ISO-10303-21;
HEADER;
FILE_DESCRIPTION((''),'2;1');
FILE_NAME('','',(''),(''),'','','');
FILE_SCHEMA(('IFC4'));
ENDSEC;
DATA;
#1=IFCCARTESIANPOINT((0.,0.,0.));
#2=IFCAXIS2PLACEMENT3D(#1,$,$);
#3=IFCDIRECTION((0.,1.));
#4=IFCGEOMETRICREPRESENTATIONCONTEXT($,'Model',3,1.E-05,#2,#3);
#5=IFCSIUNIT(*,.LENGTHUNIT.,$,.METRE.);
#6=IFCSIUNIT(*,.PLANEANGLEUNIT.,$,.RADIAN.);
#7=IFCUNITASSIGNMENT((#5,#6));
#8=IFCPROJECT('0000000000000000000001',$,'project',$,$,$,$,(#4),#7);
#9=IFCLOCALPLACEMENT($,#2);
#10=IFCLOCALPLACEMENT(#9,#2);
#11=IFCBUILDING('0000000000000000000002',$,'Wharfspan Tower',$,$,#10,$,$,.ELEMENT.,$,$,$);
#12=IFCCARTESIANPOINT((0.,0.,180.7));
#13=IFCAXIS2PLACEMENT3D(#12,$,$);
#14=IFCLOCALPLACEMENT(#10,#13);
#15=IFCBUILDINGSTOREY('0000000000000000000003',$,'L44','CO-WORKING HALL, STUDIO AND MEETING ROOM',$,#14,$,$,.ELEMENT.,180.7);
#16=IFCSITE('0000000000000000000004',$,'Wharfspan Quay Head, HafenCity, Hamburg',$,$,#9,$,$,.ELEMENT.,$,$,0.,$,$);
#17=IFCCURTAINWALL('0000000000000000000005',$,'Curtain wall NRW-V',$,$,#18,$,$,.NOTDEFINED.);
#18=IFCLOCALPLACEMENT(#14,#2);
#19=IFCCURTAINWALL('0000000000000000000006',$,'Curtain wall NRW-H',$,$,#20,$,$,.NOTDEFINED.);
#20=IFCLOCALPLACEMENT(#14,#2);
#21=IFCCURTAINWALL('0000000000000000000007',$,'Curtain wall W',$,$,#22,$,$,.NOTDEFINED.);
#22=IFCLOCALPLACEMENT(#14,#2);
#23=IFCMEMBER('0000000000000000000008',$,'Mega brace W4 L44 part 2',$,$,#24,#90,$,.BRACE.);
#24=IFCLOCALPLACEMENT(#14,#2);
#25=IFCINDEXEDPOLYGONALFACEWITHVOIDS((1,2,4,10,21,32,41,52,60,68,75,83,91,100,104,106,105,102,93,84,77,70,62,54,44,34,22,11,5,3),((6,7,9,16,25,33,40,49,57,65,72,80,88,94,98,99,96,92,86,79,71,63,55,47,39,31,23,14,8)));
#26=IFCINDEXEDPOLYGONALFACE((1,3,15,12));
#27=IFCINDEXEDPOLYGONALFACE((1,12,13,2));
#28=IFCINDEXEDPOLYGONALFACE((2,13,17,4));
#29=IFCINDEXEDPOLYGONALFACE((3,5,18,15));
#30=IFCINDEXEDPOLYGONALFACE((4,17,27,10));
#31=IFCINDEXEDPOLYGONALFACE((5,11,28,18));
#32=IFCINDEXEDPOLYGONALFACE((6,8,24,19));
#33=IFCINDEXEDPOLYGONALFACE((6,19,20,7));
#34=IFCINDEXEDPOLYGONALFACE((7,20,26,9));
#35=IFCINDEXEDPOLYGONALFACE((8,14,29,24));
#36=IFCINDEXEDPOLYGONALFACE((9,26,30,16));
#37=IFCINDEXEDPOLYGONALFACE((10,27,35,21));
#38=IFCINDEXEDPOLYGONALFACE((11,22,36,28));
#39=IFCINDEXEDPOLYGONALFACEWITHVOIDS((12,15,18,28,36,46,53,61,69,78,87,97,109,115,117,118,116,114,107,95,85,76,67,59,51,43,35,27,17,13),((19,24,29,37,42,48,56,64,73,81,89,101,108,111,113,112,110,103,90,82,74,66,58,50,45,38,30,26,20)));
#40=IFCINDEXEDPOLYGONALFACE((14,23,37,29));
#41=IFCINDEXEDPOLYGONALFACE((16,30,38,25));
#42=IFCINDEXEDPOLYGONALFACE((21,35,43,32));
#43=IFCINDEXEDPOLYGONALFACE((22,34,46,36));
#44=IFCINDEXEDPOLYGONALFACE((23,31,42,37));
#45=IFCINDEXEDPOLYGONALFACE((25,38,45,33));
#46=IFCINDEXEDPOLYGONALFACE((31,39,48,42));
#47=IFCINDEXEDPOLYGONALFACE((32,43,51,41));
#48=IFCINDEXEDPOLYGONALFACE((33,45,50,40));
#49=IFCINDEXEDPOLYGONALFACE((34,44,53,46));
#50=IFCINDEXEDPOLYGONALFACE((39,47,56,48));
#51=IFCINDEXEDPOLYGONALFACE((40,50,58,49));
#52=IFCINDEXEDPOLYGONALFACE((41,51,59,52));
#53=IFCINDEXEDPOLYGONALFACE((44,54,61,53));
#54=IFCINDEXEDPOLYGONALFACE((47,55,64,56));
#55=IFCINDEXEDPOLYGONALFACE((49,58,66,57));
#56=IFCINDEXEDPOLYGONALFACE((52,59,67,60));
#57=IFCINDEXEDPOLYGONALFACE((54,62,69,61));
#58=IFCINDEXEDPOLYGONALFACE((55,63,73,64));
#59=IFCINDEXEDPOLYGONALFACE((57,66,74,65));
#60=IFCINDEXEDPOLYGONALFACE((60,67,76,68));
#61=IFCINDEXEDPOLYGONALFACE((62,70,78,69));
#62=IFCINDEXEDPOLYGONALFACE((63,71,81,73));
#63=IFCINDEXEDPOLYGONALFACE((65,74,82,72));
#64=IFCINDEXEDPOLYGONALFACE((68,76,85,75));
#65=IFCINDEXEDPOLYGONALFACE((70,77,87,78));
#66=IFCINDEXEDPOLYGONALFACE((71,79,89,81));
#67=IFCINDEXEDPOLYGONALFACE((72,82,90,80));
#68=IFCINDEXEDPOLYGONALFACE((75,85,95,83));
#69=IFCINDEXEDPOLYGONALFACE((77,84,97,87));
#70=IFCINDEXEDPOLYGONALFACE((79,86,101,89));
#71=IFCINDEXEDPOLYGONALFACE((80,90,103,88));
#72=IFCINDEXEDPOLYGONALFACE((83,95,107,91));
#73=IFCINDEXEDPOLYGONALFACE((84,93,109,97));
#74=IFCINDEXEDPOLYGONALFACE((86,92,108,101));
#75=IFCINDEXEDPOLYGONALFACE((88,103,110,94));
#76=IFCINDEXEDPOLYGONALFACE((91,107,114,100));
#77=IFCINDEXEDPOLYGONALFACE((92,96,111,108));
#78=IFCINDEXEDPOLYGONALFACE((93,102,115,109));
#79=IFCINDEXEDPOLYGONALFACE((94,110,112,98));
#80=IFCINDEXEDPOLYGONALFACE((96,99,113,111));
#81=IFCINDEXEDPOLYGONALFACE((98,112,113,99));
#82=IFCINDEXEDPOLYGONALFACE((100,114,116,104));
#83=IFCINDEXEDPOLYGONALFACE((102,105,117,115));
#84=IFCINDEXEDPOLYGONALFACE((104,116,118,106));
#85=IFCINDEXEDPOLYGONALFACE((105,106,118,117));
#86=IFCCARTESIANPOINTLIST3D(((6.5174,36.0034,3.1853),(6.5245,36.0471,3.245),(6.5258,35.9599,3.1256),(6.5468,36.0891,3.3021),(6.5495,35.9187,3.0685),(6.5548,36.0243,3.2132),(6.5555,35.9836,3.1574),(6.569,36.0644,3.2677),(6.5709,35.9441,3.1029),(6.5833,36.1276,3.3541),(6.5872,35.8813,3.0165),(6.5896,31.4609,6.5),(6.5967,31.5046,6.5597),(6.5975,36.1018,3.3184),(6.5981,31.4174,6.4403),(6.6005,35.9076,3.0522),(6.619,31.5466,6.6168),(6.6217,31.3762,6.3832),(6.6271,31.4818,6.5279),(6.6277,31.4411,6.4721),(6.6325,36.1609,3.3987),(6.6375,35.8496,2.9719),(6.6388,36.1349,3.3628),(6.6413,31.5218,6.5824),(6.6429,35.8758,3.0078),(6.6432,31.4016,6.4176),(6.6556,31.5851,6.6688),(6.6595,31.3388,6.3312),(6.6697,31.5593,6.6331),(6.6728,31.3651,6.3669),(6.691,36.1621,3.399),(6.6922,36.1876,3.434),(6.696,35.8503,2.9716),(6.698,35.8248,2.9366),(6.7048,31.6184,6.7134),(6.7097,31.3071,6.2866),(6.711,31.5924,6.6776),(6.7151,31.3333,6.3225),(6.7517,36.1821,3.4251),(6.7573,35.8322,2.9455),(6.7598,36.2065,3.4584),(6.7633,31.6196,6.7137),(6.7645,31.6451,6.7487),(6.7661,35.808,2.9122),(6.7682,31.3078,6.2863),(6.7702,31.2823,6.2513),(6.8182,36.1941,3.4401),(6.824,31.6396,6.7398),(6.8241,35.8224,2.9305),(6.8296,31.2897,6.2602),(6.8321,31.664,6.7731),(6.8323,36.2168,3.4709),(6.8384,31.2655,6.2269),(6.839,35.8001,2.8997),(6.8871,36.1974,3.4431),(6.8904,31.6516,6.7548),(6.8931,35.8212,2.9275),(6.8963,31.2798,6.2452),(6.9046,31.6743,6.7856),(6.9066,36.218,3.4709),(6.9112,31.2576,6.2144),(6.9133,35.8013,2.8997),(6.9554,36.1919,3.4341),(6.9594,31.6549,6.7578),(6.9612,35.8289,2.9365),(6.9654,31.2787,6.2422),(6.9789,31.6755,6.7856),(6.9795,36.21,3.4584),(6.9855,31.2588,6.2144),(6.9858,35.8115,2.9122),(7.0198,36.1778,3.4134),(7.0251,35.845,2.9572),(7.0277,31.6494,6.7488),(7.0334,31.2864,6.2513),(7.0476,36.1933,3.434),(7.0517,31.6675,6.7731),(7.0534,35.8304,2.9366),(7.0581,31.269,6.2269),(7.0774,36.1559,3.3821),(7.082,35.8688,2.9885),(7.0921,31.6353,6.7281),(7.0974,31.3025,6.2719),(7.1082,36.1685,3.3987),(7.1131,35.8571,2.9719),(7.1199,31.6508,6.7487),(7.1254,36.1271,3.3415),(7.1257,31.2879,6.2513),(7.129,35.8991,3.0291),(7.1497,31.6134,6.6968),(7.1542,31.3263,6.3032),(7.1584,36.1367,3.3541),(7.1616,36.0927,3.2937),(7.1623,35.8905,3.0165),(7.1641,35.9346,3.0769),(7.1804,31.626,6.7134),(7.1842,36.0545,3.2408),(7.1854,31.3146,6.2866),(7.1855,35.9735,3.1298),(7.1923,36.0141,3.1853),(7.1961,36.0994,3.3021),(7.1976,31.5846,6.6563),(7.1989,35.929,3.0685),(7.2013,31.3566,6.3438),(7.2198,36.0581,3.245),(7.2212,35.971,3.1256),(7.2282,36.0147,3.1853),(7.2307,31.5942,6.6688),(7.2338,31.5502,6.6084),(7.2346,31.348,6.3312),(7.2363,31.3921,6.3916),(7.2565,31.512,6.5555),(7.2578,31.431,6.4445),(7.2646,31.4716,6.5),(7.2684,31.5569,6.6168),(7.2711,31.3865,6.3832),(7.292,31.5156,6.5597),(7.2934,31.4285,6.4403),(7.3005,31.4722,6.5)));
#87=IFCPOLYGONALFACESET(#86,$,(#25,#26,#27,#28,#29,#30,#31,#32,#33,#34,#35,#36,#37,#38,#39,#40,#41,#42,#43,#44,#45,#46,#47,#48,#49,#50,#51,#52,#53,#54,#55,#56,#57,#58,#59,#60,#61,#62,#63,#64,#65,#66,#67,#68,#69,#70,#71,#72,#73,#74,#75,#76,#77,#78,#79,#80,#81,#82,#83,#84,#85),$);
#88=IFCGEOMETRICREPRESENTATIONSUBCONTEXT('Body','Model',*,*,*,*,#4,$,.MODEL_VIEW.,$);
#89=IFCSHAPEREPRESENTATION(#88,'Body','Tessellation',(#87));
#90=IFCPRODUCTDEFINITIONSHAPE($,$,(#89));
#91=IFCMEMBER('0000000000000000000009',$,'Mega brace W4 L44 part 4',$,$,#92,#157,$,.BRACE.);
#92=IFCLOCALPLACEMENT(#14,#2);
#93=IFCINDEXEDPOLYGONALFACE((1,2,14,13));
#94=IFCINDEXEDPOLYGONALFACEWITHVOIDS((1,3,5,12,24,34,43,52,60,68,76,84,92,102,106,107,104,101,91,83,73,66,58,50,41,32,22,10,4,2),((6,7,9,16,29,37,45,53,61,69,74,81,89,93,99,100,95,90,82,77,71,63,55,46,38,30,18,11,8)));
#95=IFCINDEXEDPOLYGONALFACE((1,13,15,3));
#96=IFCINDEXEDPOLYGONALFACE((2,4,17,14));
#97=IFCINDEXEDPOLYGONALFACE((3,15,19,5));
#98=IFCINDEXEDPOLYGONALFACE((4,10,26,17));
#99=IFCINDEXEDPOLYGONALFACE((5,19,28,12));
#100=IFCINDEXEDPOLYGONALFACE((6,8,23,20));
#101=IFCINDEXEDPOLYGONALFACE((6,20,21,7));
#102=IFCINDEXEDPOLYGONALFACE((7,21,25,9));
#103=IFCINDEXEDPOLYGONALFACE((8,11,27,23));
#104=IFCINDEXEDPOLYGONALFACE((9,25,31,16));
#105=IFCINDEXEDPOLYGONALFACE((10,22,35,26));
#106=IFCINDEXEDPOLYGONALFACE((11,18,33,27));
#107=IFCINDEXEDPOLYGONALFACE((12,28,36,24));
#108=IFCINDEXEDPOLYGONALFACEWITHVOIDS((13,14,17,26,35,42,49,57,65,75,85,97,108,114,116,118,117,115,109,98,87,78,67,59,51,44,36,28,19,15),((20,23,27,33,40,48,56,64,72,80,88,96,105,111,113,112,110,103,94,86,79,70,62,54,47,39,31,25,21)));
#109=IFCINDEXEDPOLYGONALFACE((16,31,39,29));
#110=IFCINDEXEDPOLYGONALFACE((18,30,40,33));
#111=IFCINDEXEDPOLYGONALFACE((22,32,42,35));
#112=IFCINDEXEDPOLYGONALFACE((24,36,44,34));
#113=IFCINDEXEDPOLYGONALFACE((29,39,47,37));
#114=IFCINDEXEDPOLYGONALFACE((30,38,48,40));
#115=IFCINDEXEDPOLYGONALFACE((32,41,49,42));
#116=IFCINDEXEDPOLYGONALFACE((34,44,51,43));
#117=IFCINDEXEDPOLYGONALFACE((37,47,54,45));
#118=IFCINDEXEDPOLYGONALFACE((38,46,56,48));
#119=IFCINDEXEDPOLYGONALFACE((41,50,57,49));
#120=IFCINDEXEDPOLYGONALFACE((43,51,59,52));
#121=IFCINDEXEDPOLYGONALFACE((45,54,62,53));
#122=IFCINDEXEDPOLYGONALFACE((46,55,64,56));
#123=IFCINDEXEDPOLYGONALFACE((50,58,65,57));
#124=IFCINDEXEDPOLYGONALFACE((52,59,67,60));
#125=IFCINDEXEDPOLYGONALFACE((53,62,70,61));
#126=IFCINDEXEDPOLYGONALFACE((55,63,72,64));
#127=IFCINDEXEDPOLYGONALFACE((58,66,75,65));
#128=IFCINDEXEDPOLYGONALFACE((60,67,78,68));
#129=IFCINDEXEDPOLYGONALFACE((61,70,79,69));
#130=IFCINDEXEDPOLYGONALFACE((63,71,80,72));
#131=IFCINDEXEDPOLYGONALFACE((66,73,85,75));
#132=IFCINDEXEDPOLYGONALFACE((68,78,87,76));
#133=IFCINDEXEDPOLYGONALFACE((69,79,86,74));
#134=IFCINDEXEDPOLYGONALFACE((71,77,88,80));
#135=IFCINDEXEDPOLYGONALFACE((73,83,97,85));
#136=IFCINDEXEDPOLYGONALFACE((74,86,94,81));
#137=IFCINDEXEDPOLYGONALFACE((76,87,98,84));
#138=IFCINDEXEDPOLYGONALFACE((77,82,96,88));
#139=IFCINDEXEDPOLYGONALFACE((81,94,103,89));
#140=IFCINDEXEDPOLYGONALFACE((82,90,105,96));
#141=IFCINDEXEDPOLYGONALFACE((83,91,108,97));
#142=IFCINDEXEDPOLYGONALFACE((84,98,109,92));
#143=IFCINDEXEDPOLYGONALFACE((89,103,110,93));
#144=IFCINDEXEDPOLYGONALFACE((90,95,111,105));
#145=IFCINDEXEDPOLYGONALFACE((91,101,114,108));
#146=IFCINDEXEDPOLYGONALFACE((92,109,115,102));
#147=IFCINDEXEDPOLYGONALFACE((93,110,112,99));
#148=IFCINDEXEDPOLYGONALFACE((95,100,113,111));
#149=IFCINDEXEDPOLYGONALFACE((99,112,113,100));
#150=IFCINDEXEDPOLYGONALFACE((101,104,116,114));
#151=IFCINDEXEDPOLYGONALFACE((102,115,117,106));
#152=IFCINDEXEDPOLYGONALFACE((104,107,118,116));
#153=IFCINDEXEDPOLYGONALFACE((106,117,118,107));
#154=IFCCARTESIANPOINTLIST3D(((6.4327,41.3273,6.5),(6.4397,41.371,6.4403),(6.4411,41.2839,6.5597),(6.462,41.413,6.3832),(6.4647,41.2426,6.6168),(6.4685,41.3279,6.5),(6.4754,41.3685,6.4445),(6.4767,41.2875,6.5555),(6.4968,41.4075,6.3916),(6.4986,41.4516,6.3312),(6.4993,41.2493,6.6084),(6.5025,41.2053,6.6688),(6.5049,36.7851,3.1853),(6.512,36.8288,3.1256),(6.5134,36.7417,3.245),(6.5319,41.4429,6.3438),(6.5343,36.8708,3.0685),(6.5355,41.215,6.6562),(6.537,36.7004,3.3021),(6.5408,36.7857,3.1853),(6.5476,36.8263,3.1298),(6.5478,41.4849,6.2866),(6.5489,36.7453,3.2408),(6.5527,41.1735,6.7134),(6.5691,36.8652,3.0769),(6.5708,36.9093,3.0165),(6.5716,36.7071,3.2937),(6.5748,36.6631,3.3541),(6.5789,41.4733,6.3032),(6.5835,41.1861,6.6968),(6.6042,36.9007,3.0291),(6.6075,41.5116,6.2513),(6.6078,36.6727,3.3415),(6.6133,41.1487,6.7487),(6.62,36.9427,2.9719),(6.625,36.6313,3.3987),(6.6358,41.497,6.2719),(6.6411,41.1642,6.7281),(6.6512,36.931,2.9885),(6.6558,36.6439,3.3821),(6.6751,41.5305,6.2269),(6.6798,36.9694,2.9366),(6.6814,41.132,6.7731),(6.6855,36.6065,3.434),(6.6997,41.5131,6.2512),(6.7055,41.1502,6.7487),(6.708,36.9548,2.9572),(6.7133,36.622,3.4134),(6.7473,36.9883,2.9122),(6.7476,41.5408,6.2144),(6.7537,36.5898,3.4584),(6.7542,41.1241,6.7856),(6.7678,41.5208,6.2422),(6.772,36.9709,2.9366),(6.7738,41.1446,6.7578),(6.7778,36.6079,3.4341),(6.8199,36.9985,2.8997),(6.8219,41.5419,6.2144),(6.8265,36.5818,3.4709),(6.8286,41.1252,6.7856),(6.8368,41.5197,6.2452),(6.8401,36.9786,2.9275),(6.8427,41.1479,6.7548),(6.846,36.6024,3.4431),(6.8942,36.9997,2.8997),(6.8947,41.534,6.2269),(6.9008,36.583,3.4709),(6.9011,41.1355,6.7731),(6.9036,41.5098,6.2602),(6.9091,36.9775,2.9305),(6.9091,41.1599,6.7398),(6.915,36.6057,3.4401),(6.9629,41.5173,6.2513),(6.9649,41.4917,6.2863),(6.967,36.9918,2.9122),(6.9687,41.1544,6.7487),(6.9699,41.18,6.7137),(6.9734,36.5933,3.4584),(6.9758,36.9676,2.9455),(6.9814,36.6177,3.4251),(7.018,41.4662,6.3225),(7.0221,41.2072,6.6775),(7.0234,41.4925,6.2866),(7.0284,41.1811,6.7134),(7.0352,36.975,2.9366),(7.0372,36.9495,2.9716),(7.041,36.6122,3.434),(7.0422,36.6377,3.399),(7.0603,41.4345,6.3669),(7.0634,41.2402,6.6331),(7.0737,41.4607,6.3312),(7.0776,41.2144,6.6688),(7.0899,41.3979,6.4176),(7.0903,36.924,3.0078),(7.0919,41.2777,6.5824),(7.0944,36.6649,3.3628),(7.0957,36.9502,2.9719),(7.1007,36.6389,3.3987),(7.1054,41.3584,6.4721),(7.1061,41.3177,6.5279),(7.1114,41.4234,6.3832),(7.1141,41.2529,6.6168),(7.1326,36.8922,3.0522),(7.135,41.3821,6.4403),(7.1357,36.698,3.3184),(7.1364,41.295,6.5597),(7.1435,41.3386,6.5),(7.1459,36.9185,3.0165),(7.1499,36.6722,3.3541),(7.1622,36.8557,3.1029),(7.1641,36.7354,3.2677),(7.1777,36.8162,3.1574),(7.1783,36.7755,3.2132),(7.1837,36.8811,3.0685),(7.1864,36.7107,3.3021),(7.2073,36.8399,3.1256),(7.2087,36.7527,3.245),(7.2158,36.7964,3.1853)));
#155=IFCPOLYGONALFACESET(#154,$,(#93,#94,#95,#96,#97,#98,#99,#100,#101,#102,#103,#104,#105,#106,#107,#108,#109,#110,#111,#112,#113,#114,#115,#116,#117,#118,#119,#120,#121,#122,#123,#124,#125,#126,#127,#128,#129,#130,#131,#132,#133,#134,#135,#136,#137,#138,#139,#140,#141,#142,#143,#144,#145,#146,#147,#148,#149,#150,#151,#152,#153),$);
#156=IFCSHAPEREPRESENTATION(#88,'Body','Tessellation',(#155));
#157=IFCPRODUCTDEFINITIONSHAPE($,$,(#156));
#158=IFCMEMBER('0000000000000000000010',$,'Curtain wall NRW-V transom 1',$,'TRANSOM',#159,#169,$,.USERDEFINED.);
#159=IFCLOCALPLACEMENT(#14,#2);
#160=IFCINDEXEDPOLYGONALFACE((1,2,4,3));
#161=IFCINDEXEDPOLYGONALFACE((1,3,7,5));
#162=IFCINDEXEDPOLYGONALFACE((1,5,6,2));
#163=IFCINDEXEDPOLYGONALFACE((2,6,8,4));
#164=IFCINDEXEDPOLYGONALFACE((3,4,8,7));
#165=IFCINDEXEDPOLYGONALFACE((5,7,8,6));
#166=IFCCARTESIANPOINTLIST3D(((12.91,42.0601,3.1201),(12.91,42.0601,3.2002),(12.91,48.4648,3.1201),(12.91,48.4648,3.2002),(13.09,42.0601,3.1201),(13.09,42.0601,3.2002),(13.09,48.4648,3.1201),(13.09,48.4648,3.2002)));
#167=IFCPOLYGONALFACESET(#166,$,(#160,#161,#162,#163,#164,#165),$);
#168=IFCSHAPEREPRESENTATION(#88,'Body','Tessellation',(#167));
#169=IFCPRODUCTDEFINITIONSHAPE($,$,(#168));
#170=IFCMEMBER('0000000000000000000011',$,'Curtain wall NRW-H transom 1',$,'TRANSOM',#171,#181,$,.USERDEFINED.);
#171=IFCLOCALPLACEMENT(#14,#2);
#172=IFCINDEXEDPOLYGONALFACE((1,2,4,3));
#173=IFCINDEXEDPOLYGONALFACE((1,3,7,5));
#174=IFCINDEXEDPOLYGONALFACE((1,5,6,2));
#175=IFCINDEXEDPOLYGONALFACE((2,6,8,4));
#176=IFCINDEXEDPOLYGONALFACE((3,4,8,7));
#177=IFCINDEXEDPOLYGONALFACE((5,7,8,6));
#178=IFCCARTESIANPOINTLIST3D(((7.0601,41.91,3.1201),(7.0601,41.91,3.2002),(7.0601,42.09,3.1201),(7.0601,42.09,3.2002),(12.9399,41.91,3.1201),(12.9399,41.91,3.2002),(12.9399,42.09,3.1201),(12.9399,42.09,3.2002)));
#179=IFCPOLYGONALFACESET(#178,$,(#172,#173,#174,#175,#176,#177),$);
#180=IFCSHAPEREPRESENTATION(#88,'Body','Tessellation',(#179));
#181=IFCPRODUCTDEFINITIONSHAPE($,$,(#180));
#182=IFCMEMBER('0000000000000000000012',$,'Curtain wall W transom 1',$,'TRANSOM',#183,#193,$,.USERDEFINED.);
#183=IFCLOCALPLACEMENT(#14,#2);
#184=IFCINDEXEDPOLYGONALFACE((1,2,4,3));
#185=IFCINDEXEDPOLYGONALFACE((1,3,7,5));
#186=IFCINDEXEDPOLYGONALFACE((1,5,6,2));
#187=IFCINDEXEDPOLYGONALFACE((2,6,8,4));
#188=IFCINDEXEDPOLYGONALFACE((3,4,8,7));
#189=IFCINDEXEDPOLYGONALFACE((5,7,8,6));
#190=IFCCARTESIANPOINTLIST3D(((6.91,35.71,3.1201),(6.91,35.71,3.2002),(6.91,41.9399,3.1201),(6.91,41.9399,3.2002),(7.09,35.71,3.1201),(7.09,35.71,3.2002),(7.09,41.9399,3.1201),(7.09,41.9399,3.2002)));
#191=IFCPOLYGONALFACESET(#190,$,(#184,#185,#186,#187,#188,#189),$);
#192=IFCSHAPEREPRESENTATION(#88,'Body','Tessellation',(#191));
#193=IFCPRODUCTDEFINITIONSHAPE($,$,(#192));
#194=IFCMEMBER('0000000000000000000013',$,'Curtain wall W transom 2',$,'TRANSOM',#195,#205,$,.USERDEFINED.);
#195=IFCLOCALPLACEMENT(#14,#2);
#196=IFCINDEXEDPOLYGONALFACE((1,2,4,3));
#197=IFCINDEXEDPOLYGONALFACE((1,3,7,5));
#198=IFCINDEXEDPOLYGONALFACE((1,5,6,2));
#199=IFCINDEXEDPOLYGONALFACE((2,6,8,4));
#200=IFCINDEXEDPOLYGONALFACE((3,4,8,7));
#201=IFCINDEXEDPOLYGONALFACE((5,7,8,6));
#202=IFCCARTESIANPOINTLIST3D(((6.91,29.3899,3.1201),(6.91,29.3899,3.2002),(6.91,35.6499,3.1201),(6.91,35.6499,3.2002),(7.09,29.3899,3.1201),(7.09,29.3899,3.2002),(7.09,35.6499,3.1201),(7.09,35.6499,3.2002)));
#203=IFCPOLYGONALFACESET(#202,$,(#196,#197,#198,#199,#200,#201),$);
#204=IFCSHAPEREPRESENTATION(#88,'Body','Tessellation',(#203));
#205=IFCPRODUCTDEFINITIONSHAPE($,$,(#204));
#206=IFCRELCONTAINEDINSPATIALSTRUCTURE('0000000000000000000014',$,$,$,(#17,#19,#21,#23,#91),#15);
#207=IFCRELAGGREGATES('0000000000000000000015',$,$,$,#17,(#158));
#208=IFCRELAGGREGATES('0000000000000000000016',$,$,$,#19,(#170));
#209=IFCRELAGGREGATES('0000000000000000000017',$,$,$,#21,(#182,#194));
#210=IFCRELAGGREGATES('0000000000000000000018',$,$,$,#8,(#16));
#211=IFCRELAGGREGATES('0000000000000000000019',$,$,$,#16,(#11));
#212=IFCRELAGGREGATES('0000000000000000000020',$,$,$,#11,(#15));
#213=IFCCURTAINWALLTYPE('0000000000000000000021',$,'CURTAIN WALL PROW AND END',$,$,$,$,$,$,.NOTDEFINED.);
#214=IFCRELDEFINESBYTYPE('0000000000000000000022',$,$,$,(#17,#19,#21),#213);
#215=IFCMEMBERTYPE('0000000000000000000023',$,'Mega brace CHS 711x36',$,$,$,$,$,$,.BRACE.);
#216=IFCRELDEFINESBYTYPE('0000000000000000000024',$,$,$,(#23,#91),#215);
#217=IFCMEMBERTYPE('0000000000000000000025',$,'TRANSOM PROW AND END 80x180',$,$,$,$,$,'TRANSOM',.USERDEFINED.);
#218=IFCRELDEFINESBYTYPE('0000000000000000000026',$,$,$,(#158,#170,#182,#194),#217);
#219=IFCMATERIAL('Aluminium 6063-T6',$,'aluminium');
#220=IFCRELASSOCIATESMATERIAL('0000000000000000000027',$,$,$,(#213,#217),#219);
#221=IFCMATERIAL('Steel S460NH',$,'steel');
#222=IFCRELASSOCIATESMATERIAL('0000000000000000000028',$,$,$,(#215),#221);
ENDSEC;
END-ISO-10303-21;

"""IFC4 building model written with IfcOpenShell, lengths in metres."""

from ifc_helpers import new_model, si_unit, direction, frame, origin, origin_2d, place, context, subcontext, project, spatial, rectangle, hollow_circle, extrude, material, material_profile, profile_set, type_object, element, aggregate, save


model = new_model("IFC4")

# Units and contexts
model_context = context("Model", 3, precision=1e-05, world=origin(), true_north=direction((0.0, 1.0)))
body_context = subcontext(model_context, "Body", "Model", "MODEL_VIEW")
ifc_project = project(units=[si_unit("LENGTHUNIT", "METRE"), si_unit("PLANEANGLEUNIT", "RADIAN")], contexts=[model_context])

# Site, building, storey
site_placement = place(None, origin())
site = spatial("IfcSite", under=ifc_project, at=site_placement, Name="Wharfspan Quay Head, HafenCity, Hamburg", CompositionType="ELEMENT", RefElevation=0.0)
building_placement = place(site_placement, origin())
building = spatial("IfcBuilding", under=site, at=building_placement, Name="Wharfspan Tower", CompositionType="ELEMENT")
storey_placement = place(building_placement, frame((0.0, 0.0, 180.7)))
storey = spatial("IfcBuildingStorey", under=building, at=storey_placement, Name="L44", Description="CO-WORKING HALL, STUDIO AND MEETING ROOM", CompositionType="ELEMENT", Elevation=180.7)

# Curtain walls
ifc_material_1 = material(Name="Aluminium 6063-T6", Category="aluminium")
curtain_wall_type = type_object("IfcCurtainWallType", Name="CURTAIN WALL PROW AND END", PredefinedType="NOTDEFINED", material=ifc_material_1)
curtain_wall_1_placement = place(storey_placement, origin())
curtain_wall_1 = element("IfcCurtainWall", 1, at=curtain_wall_1_placement, inside=storey, type_object=curtain_wall_type, Name="Curtain wall NRW-V", PredefinedType="NOTDEFINED")
curtain_wall_2_placement = place(storey_placement, origin())
curtain_wall_2 = element("IfcCurtainWall", 2, at=curtain_wall_2_placement, inside=storey, type_object=curtain_wall_type, Name="Curtain wall NRW-H", PredefinedType="NOTDEFINED")
curtain_wall_3_placement = place(storey_placement, origin())
curtain_wall_3 = element("IfcCurtainWall", 3, at=curtain_wall_3_placement, inside=storey, type_object=curtain_wall_type, Name="Curtain wall W", PredefinedType="NOTDEFINED")

# Members
ifc_material_2 = material(Name="Steel S460NH", Category="steel")
ifc_material_profile_1 = material_profile(ifc_material_2, hollow_circle(Radius=0.3555, WallThickness=0.0359, at=origin_2d()))
ifc_profile_set_1 = profile_set([ifc_material_profile_1], Name="Steel S460NH")
member_type_1 = type_object("IfcMemberType", Name="Mega brace CHS 711x36", PredefinedType="BRACE", material=ifc_profile_set_1)
member_1_placement = place(storey_placement, frame((6.8728, 36.009, 3.1853), z_axis=(0.01285, -0.807732, 0.58941), x_axis=(0.999874, 0.015906, -0.000001)))
element("IfcMember", 4, at=member_1_placement, inside=storey, type_object=member_type_1, Name="Mega brace W4 L44 part 2", PredefinedType="BRACE", context=body_context, shape_type="SweptSolid", body=[
    extrude(hollow_circle(Radius=0.3555, WallThickness=0.0359, at=origin_2d()), origin(), (0.0, 0.0, 1.0), 5.6238),
])
member_2_placement = place(storey_placement, frame((6.8604, 36.7908, 3.1853), z_axis=(-0.012851, 0.807716, 0.589431), x_axis=(-0.999873, -0.015909, 0.000001)))
element("IfcMember", 5, at=member_2_placement, inside=storey, type_object=member_type_1, Name="Mega brace W4 L44 part 4", PredefinedType="BRACE", context=body_context, shape_type="SweptSolid", body=[
    extrude(hollow_circle(Radius=0.3555, WallThickness=0.0359, at=origin_2d()), origin(), (0.0, 0.0, 1.0), 5.6235),
])

# Members
ifc_material_profile_2 = material_profile(ifc_material_1, rectangle(XDim=0.1799, YDim=0.0801, at=origin_2d()))
ifc_profile_set_2 = profile_set([ifc_material_profile_2], Name="Aluminium 6063-T6")
member_type_2 = type_object("IfcMemberType", Name="TRANSOM PROW AND END 80x180", ElementType="TRANSOM", PredefinedType="USERDEFINED", material=ifc_profile_set_2)
member_3_placement = place(storey_placement, frame((13.0, 48.4648, 3.1602), z_axis=(0.0, -1.0, 0.0), x_axis=(1.0, 0.0, 0.0)))
member_3 = element("IfcMember", 6, at=member_3_placement, type_object=member_type_2, Name="Curtain wall NRW-V transom 1", ObjectType="TRANSOM", PredefinedType="USERDEFINED", context=body_context, shape_type="SweptSolid", body=[
    extrude(rectangle(XDim=0.1799, YDim=0.0801, at=origin_2d()), origin(), (0.0, 0.0, 1.0), 6.4048),
])
member_4_placement = place(storey_placement, frame((12.9399, 42.0, 3.1602), z_axis=(-1.0, 0.0, 0.0), x_axis=(0.0, -1.0, 0.0)))
member_4 = element("IfcMember", 7, at=member_4_placement, type_object=member_type_2, Name="Curtain wall NRW-H transom 1", ObjectType="TRANSOM", PredefinedType="USERDEFINED", context=body_context, shape_type="SweptSolid", body=[
    extrude(rectangle(XDim=0.1799, YDim=0.0801, at=origin_2d()), origin(), (0.0, 0.0, 1.0), 5.8799),
])
member_5_placement = place(storey_placement, frame((7.0, 41.9399, 3.1602), z_axis=(0.0, -1.0, 0.0), x_axis=(1.0, 0.0, 0.0)))
member_5 = element("IfcMember", 8, at=member_5_placement, type_object=member_type_2, Name="Curtain wall W transom 1", ObjectType="TRANSOM", PredefinedType="USERDEFINED", context=body_context, shape_type="SweptSolid", body=[
    extrude(rectangle(XDim=0.1799, YDim=0.0801, at=origin_2d()), origin(), (0.0, 0.0, 1.0), 6.23),
])
member_6_placement = place(storey_placement, frame((7.0, 35.6499, 3.1602), z_axis=(0.0, -1.0, 0.0), x_axis=(1.0, 0.0, 0.0)))
member_6 = element("IfcMember", 9, at=member_6_placement, type_object=member_type_2, Name="Curtain wall W transom 2", ObjectType="TRANSOM", PredefinedType="USERDEFINED", context=body_context, shape_type="SweptSolid", body=[
    extrude(rectangle(XDim=0.1799, YDim=0.0801, at=origin_2d()), origin(), (0.0, 0.0, 1.0), 6.26),
])

aggregate(curtain_wall_1, [member_3])
aggregate(curtain_wall_2, [member_4])
aggregate(curtain_wall_3, [member_5, member_6])

save(model, "model.ifc")
